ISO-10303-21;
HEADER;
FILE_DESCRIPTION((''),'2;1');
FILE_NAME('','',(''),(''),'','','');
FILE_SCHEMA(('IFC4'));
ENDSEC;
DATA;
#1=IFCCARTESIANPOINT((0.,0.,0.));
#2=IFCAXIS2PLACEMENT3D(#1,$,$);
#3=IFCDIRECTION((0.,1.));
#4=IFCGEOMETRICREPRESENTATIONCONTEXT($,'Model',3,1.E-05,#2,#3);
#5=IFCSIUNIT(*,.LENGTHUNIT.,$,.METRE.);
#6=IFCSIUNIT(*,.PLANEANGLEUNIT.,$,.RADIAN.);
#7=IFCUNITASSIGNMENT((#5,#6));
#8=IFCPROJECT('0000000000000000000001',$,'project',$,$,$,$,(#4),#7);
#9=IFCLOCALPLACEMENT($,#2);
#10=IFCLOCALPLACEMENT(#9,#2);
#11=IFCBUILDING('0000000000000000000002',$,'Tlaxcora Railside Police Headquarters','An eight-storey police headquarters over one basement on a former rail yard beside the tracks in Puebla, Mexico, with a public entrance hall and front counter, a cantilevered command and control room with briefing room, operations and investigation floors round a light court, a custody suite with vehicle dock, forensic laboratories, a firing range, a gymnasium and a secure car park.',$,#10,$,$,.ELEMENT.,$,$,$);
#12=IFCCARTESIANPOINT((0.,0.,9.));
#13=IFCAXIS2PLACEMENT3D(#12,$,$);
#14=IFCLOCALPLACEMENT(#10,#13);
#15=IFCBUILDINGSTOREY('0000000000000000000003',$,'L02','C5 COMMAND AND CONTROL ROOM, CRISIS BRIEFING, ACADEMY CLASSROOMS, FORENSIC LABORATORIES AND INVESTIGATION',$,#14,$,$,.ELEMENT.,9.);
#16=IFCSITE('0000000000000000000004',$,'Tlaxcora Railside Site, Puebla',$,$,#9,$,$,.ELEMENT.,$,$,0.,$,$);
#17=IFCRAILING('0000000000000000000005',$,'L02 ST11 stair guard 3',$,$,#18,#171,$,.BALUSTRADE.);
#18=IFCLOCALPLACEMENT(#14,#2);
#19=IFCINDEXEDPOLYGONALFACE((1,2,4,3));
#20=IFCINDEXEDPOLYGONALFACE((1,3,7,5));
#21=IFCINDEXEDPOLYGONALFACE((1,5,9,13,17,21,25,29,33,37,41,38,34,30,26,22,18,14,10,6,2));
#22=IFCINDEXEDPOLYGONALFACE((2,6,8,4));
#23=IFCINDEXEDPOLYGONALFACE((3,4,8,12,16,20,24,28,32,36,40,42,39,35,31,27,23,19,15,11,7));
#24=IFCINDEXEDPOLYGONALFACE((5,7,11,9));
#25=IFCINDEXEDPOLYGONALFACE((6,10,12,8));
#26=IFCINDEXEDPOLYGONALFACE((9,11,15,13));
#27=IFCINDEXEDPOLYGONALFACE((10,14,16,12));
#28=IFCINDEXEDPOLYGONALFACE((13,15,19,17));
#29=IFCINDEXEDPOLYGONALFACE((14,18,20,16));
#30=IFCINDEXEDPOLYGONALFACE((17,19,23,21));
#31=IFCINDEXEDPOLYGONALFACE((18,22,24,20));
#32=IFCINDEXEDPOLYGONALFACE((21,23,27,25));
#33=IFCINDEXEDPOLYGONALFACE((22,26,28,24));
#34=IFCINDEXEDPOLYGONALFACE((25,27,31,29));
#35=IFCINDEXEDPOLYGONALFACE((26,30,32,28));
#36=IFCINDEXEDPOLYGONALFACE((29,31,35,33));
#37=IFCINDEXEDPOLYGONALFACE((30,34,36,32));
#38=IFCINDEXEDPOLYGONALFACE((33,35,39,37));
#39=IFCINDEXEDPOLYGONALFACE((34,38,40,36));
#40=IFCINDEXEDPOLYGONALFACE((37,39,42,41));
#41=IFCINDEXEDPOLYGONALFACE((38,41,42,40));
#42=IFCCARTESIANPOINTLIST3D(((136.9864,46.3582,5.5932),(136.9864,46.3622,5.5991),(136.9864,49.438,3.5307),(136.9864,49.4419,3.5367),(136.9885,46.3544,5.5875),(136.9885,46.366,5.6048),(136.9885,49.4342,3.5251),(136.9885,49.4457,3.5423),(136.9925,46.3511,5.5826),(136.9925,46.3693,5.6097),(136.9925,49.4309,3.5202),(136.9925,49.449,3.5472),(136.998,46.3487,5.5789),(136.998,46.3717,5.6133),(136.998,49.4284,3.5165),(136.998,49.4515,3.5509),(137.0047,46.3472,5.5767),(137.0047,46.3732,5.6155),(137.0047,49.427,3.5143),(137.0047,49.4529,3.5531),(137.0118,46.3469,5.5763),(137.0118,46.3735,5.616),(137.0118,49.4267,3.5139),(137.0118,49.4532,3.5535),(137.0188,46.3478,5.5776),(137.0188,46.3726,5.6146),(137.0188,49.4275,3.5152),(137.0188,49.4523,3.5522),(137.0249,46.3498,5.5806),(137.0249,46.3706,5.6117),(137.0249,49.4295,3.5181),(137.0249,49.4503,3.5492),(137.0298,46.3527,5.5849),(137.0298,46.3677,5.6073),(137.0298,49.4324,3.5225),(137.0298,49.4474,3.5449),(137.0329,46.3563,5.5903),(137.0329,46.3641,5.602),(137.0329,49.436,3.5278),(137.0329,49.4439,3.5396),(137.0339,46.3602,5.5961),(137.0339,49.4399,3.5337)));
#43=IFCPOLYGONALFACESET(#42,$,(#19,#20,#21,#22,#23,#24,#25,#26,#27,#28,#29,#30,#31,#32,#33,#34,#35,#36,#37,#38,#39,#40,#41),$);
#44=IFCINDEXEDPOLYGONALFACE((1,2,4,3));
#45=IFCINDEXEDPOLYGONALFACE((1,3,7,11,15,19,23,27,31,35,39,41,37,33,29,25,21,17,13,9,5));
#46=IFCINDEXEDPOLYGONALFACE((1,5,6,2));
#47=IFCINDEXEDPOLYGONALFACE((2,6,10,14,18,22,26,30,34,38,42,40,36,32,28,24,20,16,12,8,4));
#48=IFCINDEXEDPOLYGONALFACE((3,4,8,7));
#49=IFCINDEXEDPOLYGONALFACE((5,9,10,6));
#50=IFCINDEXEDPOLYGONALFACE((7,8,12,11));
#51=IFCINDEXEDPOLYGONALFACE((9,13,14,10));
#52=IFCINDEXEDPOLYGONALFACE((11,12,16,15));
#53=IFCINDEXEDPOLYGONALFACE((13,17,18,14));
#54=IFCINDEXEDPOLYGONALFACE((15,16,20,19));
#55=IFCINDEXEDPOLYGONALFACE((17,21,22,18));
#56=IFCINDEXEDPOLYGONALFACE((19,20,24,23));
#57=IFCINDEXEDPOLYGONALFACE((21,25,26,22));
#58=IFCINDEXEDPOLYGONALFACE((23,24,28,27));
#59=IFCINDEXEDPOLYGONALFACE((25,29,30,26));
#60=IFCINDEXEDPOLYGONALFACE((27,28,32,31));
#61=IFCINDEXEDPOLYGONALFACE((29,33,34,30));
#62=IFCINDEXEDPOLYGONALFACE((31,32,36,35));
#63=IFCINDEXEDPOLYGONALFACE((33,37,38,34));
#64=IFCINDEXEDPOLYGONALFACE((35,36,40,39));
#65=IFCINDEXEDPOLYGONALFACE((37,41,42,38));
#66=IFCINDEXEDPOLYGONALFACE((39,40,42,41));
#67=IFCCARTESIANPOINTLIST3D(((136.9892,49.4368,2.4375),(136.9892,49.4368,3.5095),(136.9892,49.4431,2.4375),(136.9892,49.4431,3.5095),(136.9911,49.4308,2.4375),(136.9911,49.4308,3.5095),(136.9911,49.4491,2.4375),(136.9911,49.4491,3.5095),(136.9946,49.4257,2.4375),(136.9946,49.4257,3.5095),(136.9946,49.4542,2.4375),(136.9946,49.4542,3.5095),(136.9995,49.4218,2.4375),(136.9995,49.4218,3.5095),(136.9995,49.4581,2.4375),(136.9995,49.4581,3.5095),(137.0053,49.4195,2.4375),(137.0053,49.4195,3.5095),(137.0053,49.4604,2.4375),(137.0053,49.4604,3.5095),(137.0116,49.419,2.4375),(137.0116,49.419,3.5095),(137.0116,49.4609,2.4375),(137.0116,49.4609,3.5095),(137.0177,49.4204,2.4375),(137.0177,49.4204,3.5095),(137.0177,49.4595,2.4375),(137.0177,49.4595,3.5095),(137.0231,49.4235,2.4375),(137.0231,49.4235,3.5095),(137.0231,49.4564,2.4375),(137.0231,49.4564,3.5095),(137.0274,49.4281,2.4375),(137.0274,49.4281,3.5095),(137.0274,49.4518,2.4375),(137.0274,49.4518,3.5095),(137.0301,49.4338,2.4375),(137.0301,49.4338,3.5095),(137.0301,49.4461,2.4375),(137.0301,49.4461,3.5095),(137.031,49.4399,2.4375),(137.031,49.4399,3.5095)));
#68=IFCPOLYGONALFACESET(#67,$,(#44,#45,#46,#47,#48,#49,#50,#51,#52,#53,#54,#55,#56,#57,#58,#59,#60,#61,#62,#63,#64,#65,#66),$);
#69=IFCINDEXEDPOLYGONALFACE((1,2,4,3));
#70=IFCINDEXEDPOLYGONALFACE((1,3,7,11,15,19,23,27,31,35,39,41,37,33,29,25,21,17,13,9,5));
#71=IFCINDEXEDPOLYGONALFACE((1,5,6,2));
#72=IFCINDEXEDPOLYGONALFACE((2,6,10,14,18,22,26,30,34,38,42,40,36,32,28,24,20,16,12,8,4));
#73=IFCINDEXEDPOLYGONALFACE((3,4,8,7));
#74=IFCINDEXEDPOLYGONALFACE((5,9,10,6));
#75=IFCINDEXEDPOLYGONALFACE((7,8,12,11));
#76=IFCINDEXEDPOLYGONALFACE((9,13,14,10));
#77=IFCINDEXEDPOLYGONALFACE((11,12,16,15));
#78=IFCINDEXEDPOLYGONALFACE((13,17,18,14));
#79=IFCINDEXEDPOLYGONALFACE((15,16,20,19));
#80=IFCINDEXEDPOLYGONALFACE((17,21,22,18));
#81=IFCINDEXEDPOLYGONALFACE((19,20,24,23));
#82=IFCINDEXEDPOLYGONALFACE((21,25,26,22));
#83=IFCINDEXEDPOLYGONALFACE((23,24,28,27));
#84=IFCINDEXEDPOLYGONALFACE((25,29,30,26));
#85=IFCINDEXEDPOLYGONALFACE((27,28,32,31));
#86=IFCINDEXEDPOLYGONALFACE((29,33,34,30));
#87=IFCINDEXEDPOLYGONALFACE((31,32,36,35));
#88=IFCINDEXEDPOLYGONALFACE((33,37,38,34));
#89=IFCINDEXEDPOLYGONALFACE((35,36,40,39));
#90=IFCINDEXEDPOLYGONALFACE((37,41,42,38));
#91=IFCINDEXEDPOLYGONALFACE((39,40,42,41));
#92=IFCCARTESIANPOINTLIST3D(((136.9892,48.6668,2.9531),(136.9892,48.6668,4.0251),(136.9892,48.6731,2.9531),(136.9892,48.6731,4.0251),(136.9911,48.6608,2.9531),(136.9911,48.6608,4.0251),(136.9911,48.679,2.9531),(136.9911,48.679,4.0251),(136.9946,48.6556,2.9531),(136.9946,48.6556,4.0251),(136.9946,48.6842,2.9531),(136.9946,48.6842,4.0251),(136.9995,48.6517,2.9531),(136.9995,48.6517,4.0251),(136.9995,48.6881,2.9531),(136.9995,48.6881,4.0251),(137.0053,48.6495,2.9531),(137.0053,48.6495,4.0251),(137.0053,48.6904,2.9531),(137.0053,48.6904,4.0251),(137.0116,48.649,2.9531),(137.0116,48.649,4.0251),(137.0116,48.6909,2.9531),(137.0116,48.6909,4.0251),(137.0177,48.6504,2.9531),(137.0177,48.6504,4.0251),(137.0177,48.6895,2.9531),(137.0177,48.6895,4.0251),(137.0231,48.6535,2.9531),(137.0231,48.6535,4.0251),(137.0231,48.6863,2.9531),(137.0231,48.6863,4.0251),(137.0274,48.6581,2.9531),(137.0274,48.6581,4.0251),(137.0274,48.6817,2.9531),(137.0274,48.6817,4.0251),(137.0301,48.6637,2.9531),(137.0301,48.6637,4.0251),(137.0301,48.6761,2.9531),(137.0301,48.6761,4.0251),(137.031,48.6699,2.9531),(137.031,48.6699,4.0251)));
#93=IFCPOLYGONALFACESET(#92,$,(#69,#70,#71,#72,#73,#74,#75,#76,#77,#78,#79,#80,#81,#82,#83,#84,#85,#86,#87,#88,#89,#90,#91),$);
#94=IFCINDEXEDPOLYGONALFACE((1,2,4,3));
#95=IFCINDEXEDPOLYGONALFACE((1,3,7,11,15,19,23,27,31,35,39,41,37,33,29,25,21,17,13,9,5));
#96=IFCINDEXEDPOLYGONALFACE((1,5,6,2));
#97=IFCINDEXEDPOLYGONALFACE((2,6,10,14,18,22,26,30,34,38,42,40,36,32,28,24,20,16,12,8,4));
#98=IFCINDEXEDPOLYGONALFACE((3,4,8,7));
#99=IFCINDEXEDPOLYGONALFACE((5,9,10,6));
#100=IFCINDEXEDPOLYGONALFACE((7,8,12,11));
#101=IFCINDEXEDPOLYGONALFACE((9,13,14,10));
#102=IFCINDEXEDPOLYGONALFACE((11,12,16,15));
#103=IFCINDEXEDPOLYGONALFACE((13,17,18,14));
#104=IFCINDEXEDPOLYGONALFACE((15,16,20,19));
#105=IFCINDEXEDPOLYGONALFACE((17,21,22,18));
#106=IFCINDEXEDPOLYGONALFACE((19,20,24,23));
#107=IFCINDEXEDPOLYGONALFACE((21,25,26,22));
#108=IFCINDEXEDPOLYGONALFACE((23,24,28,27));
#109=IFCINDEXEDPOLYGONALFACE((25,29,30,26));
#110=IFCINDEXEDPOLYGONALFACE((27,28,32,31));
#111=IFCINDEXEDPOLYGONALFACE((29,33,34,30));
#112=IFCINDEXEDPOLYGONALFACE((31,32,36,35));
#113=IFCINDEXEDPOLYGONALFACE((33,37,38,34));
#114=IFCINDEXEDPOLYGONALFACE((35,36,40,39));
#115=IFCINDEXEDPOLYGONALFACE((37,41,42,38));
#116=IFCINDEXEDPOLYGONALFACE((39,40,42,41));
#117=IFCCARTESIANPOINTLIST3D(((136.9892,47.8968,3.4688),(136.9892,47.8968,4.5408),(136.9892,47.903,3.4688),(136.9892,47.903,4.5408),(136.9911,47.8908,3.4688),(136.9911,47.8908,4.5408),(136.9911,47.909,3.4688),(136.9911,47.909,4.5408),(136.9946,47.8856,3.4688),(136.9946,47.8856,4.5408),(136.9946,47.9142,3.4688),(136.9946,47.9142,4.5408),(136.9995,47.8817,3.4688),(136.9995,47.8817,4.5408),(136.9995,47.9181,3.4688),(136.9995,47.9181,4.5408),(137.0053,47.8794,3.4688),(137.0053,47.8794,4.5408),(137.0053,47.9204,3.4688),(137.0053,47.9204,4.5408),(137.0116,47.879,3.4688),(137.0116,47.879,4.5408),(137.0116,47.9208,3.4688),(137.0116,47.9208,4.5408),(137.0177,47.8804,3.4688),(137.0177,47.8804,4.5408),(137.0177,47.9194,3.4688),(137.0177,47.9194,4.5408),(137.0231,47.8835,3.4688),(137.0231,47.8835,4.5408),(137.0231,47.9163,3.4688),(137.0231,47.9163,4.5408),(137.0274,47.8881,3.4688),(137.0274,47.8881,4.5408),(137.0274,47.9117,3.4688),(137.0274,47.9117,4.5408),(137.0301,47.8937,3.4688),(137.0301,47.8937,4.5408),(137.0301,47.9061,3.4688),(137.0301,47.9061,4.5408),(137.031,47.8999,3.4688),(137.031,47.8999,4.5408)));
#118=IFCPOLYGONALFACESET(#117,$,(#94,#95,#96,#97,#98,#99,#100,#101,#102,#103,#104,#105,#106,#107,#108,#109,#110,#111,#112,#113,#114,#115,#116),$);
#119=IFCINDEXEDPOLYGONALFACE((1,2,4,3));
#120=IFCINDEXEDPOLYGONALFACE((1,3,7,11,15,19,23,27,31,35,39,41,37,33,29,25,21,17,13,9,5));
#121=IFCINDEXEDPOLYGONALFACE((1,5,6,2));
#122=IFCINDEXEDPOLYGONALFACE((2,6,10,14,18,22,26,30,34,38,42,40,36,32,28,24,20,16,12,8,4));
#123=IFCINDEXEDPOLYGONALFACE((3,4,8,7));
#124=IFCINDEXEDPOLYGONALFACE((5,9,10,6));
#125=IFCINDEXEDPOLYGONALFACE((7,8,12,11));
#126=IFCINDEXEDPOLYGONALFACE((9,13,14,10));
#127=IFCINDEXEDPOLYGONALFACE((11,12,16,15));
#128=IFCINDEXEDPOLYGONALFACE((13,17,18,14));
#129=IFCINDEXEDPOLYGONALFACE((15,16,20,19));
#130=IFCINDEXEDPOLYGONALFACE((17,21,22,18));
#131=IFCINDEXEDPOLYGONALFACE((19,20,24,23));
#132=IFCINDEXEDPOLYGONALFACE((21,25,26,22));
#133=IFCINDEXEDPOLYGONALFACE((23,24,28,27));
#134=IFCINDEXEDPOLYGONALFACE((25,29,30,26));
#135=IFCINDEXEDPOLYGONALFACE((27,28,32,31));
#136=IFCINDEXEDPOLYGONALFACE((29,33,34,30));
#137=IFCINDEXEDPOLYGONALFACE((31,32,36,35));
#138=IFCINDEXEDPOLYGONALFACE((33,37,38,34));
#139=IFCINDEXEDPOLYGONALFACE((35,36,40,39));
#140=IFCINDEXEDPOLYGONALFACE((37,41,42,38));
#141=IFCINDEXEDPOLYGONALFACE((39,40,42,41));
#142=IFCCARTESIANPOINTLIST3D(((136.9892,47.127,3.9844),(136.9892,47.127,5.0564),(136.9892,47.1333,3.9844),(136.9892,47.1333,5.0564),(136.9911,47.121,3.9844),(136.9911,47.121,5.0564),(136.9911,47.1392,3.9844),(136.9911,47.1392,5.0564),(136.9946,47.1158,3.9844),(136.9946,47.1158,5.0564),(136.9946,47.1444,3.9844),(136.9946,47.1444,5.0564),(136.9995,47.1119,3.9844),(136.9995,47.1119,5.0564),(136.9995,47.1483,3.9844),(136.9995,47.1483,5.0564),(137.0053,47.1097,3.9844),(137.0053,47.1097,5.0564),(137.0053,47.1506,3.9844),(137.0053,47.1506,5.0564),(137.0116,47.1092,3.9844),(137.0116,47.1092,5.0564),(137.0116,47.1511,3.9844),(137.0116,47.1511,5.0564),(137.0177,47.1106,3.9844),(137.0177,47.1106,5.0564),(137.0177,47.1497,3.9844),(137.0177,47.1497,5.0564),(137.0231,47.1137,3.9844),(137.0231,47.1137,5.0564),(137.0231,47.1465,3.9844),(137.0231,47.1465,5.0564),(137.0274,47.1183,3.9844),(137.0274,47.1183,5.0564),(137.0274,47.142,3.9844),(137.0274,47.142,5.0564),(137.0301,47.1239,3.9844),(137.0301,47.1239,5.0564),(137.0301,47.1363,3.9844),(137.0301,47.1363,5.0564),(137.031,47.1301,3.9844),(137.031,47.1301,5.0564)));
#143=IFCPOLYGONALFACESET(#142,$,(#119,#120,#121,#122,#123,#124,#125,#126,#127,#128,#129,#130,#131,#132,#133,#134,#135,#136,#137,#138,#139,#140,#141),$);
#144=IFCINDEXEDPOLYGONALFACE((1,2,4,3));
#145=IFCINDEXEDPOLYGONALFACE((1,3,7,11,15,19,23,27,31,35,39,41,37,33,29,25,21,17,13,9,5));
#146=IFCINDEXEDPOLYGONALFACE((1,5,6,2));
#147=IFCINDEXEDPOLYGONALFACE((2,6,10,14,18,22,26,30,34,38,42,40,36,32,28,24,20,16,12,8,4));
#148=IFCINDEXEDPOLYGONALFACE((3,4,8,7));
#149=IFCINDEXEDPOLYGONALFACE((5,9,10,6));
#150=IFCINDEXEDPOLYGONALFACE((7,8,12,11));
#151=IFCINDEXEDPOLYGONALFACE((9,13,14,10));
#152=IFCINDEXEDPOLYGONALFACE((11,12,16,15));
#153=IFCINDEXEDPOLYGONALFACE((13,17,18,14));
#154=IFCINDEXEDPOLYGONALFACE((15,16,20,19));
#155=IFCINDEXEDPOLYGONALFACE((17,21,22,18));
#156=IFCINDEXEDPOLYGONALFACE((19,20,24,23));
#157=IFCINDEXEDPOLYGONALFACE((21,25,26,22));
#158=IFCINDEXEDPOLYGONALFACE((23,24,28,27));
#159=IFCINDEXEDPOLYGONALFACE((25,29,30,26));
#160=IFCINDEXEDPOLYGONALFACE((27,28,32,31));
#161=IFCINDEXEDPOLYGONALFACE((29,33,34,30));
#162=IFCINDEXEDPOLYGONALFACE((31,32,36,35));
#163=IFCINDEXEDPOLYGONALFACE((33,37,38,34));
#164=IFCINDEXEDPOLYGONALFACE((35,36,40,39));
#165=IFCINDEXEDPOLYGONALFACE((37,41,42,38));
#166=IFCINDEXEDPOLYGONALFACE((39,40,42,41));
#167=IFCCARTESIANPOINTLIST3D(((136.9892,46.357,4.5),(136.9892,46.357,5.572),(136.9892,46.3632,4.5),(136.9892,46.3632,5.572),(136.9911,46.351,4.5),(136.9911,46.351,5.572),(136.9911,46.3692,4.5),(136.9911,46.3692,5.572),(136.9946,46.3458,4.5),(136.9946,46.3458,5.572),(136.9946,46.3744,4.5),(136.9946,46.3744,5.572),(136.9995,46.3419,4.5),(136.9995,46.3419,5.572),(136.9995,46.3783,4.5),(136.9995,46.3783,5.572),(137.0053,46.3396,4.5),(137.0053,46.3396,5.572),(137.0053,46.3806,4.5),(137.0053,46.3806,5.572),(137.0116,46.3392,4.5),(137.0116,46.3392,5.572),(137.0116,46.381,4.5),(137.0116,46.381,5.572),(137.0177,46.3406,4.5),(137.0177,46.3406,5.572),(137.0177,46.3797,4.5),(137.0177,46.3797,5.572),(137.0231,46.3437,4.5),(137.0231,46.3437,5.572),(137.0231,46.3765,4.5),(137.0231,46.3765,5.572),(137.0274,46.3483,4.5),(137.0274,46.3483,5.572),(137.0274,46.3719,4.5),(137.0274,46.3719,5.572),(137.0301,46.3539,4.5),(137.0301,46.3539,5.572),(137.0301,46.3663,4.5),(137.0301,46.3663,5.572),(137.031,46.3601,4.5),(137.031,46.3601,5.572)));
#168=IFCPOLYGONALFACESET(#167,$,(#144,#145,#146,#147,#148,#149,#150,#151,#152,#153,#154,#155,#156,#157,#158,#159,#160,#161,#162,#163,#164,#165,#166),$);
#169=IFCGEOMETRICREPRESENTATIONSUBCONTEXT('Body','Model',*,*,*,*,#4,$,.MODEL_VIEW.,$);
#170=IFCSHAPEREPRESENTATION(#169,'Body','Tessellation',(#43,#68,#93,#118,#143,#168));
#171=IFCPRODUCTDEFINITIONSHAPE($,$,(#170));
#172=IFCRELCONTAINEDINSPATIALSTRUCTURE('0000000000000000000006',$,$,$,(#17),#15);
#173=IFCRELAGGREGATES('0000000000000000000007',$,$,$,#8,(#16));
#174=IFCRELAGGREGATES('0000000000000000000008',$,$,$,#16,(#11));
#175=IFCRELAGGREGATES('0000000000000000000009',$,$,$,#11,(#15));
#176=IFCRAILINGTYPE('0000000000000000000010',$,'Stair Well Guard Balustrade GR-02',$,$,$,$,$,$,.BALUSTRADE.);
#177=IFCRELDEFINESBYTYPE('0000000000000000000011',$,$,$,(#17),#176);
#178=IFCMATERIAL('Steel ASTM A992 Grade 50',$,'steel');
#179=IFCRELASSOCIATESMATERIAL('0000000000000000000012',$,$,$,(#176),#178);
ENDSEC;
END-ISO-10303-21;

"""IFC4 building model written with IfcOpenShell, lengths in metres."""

from ifc_helpers import new_model, si_unit, direction, frame, origin, origin_2d, place, context, subcontext, project, spatial, circle, extrude, material, type_object, element, save


model = new_model("IFC4")

# Units and contexts
model_context = context("Model", 3, precision=1e-05, world=origin(), true_north=direction((0.0, 1.0)))
body_context = subcontext(model_context, "Body", "Model", "MODEL_VIEW")
ifc_project = project(units=[si_unit("LENGTHUNIT", "METRE"), si_unit("PLANEANGLEUNIT", "RADIAN")], contexts=[model_context])

# Site, building, storey
site_placement = place(None, origin())
site = spatial("IfcSite", under=ifc_project, at=site_placement, Name="Tlaxcora Railside Site, Puebla", CompositionType="ELEMENT", RefElevation=0.0)
building_placement = place(site_placement, origin())
building = spatial("IfcBuilding", under=site, at=building_placement, Name="Tlaxcora Railside Police Headquarters", Description="An eight-storey police headquarters over one basement on a former rail yard beside the tracks in Puebla, Mexico, with a public entrance hall and front counter, a cantilevered command and control room with briefing room, operations and investigation floors round a light court, a custody suite with vehicle dock, forensic laboratories, a firing range, a gymnasium and a secure car park.", CompositionType="ELEMENT")
storey_placement = place(building_placement, frame((0.0, 0.0, 9.0)))
storey = spatial("IfcBuildingStorey", under=building, at=storey_placement, Name="L02", Description="C5 COMMAND AND CONTROL ROOM, CRISIS BRIEFING, ACADEMY CLASSROOMS, FORENSIC LABORATORIES AND INVESTIGATION", CompositionType="ELEMENT", Elevation=9.0)

# Railing
ifc_material_1 = material(Name="Steel ASTM A992 Grade 50", Category="steel")
railing_type_1 = type_object("IfcRailingType", Name="Stair Well Guard Balustrade GR-02", PredefinedType="BALUSTRADE", material=ifc_material_1)
railing_1_placement = place(storey_placement, frame((137.01, 49.4399, 2.4375)))
element("IfcRailing", 1, at=railing_1_placement, inside=storey, type_object=railing_type_1, Name="L02 ST11 stair guard 3", PredefinedType="BALUSTRADE", context=body_context, shape_type="SweptSolid", body=[
    extrude(circle(Radius=0.0239, at=origin_2d()), frame((0.0, 0.0, 1.0962), z_axis=(0.0, -0.830893, 0.556432), x_axis=(1.0, 0.0, 0.0)), (0.0, 0.0, 1.0), 3.7065),
    extrude(circle(Radius=0.021, at=origin_2d()), origin(), (0.0, 0.0, 1.0), 1.072),
    extrude(circle(Radius=0.021, at=origin_2d()), frame((0.0, -0.77, 0.5156)), (0.0, 0.0, 1.0), 1.072),
    extrude(circle(Radius=0.021, at=origin_2d()), frame((0.0, -1.54, 1.0312)), (0.0, 0.0, 1.0), 1.072),
    extrude(circle(Radius=0.021, at=origin_2d()), frame((0.0, -2.3098, 1.5469)), (0.0, 0.0, 1.0), 1.072),
    extrude(circle(Radius=0.021, at=origin_2d()), frame((0.0, -3.0798, 2.0625)), (0.0, 0.0, 1.0), 1.072),
])

save(model, "model.ifc")
